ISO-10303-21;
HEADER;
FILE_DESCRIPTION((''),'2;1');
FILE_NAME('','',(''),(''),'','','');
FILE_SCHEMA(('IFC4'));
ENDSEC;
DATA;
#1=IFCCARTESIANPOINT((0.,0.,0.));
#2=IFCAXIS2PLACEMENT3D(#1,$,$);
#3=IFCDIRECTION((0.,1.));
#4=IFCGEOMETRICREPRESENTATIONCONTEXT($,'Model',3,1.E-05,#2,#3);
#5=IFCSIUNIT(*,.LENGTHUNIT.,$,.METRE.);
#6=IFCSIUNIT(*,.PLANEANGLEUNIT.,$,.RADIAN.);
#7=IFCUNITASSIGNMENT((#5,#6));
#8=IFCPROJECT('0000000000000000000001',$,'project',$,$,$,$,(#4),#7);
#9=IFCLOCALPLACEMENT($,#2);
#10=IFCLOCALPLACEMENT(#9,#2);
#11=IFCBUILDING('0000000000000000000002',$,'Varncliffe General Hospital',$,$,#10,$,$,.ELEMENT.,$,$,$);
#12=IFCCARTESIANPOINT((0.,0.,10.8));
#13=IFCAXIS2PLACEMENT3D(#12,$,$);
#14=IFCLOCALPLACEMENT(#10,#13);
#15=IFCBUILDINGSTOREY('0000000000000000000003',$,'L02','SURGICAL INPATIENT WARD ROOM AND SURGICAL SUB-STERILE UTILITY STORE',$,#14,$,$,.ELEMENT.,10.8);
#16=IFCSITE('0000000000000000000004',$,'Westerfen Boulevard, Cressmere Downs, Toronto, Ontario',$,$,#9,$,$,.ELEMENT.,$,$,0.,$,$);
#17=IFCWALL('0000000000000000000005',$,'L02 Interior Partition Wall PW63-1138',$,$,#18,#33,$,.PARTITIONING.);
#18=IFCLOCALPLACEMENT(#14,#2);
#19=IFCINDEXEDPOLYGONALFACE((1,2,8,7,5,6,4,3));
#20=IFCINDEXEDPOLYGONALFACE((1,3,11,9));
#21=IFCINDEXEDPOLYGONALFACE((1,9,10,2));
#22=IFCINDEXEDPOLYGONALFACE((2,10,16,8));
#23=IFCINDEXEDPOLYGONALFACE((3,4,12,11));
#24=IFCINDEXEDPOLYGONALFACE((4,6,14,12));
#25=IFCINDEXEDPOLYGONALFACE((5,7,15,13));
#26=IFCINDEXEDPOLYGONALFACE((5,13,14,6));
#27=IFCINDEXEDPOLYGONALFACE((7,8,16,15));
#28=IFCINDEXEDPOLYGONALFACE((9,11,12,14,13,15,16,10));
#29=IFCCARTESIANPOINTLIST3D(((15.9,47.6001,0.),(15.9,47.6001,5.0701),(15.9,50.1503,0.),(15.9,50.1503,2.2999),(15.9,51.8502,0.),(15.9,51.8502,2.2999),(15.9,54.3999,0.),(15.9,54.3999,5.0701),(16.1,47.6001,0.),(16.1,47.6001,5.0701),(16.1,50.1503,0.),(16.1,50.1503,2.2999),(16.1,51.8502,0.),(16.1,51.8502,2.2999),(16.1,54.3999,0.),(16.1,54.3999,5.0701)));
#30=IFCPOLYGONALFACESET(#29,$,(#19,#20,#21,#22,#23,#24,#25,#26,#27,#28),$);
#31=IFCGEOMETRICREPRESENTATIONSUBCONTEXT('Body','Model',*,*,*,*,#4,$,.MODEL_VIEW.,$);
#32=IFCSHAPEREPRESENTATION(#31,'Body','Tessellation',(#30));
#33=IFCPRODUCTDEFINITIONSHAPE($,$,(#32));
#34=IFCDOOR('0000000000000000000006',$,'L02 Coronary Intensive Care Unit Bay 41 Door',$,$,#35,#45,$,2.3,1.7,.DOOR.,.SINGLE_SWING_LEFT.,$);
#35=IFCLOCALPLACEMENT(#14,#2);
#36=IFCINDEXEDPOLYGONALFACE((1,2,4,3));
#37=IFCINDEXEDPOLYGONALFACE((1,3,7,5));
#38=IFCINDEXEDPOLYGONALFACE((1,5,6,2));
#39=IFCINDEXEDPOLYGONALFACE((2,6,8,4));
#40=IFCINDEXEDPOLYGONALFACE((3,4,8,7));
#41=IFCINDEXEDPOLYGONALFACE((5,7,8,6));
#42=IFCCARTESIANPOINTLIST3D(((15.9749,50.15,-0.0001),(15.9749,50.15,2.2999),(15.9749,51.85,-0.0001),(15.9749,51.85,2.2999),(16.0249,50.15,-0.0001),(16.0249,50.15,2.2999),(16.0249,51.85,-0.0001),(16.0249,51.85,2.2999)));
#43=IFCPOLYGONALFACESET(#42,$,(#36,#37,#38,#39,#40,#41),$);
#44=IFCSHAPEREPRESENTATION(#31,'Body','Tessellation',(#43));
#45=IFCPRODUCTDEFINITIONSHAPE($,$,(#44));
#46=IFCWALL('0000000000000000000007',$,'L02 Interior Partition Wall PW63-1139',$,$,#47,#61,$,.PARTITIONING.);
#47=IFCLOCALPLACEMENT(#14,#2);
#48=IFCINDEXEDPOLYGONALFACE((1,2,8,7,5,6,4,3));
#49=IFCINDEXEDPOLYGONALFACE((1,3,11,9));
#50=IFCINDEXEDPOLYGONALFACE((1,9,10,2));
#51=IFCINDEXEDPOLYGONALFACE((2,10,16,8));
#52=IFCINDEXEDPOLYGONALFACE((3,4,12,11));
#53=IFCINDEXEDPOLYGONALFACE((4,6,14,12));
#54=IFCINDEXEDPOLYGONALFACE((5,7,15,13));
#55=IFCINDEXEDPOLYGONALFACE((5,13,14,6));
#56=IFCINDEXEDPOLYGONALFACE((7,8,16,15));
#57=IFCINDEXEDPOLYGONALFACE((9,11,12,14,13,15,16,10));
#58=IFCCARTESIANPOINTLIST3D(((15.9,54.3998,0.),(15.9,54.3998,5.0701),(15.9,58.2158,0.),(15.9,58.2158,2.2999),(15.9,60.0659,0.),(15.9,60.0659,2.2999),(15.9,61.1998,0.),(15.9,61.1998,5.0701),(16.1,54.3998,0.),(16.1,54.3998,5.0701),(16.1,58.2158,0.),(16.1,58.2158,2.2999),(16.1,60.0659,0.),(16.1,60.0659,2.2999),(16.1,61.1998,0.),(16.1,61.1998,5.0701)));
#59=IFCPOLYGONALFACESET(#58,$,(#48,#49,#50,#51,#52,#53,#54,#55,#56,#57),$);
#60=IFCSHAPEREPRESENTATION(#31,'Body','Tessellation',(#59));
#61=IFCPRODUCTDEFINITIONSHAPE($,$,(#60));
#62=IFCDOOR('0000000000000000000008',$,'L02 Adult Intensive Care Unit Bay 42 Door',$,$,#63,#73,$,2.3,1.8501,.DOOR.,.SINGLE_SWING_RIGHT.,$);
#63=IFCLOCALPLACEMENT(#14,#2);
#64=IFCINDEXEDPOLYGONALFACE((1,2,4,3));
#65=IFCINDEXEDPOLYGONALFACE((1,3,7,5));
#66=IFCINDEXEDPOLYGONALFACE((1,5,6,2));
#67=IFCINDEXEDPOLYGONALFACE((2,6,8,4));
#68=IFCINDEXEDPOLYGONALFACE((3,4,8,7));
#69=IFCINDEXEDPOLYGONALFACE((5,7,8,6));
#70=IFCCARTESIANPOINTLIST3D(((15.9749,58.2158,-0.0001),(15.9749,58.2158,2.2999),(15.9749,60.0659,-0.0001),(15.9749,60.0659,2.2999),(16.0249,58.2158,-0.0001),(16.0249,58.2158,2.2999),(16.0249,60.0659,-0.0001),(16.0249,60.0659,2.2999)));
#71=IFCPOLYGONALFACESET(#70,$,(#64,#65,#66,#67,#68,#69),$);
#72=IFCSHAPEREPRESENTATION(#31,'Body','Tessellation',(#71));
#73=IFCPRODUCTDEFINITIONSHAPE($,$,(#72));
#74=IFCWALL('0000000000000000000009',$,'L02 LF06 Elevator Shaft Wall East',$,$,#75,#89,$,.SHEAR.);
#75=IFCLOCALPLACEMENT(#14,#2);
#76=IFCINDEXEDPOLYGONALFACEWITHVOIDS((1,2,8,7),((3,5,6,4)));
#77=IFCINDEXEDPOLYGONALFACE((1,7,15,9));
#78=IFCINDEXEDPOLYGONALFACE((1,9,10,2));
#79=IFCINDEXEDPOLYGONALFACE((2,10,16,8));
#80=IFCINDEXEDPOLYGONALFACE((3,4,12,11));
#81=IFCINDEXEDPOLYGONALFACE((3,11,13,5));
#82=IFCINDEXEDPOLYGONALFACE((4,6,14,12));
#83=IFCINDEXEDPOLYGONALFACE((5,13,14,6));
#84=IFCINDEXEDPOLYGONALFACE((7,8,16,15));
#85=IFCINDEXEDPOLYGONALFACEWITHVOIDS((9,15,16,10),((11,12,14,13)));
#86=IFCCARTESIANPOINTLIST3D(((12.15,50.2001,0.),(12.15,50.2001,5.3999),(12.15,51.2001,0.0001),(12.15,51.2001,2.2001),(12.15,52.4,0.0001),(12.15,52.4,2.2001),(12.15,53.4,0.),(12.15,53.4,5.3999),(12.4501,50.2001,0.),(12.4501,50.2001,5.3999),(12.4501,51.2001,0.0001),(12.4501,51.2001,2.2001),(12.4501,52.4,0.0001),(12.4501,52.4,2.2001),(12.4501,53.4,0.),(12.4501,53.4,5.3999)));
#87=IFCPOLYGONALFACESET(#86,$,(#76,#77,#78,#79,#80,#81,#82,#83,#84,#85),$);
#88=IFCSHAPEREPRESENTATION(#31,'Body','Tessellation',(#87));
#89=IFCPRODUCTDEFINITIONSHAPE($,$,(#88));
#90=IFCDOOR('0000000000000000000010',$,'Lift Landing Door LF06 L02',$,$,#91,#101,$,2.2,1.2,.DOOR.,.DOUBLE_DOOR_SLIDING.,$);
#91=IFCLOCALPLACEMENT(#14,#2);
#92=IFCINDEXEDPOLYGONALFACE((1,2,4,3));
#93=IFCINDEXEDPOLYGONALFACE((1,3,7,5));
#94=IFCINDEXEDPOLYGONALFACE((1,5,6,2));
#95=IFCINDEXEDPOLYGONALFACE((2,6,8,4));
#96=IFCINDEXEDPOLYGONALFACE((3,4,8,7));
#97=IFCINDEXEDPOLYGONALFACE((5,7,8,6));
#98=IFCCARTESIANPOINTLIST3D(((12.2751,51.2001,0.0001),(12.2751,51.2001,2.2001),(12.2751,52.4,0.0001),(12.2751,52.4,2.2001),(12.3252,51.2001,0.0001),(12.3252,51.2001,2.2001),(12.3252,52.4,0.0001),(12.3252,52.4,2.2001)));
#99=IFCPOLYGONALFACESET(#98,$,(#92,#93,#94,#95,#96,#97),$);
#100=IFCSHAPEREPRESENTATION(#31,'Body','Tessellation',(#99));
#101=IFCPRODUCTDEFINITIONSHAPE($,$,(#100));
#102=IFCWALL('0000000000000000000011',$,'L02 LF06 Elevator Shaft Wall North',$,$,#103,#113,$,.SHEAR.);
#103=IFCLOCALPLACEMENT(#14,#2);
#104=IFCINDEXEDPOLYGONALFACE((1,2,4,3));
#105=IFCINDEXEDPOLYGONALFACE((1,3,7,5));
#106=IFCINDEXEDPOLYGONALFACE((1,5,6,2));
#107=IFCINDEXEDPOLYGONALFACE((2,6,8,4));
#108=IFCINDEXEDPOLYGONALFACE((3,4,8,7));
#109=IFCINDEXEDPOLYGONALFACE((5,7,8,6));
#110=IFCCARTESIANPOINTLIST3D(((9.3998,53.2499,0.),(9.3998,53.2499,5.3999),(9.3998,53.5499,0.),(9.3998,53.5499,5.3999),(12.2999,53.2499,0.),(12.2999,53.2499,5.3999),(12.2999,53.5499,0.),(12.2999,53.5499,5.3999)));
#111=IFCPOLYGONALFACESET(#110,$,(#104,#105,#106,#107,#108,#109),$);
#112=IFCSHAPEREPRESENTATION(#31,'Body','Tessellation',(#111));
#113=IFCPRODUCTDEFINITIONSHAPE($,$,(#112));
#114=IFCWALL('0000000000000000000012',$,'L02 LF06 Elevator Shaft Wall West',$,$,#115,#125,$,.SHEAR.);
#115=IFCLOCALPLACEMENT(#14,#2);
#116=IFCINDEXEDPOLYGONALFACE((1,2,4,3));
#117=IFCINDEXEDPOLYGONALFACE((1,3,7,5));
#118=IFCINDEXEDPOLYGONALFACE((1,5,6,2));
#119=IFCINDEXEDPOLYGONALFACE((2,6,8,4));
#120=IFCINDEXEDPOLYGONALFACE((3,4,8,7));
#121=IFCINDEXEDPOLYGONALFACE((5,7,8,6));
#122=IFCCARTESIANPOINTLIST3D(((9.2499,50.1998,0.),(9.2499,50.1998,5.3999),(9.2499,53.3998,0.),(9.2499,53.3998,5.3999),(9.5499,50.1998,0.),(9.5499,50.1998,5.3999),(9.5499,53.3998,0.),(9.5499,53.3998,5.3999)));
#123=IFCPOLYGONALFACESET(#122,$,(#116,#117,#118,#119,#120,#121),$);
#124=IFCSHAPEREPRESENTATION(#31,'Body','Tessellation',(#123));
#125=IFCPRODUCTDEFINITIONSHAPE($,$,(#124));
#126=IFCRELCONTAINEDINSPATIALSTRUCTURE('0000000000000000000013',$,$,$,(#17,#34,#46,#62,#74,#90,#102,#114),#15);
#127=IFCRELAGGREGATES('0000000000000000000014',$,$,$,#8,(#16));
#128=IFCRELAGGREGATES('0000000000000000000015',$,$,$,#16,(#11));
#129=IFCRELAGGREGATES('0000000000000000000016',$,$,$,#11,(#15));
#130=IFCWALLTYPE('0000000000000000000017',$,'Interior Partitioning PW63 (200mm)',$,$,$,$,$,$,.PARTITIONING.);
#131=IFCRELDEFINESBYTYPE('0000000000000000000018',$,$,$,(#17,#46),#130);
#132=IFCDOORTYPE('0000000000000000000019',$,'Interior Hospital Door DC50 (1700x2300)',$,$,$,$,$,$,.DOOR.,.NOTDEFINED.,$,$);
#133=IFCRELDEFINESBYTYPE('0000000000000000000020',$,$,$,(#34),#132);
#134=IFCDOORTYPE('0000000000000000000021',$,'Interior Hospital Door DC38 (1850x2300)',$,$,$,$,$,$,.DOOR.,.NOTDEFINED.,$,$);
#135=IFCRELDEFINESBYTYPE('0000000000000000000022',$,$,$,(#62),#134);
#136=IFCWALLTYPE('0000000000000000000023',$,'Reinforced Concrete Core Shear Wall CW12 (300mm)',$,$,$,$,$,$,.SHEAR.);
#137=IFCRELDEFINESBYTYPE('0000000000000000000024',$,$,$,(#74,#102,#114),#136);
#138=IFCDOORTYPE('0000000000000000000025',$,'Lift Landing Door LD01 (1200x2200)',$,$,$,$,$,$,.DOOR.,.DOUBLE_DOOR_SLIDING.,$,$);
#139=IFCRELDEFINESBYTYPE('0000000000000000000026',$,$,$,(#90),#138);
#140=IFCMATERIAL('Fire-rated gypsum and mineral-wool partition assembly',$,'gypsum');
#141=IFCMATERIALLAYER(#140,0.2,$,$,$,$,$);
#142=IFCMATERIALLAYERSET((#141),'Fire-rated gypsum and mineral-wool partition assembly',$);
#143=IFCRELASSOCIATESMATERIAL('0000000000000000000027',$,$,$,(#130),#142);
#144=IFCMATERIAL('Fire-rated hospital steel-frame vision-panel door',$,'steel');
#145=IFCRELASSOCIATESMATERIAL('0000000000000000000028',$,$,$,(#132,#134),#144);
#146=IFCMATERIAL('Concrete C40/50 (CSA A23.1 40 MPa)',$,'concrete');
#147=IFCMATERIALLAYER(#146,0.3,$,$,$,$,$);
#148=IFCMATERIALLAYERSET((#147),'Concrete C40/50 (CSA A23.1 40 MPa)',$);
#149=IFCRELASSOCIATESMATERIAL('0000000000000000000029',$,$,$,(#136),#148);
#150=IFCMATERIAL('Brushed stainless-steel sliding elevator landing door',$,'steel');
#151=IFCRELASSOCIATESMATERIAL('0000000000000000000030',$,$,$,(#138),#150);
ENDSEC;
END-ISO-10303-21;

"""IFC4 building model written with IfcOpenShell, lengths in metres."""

from ifc_helpers import new_model, si_unit, direction, frame, frame_2d, origin, place, context, subcontext, project, spatial, rectangle, extrude, material, layer, layer_set, type_object, element, fill, save


model = new_model("IFC4")

# Units and contexts
model_context = context("Model", 3, precision=1e-05, world=origin(), true_north=direction((0.0, 1.0)))
body_context = subcontext(model_context, "Body", "Model", "MODEL_VIEW")
ifc_project = project(units=[si_unit("LENGTHUNIT", "METRE"), si_unit("PLANEANGLEUNIT", "RADIAN")], contexts=[model_context])

# Site, building, storey
site_placement = place(None, origin())
site = spatial("IfcSite", under=ifc_project, at=site_placement, Name="Westerfen Boulevard, Cressmere Downs, Toronto, Ontario", CompositionType="ELEMENT", RefElevation=0.0)
building_placement = place(site_placement, origin())
building = spatial("IfcBuilding", under=site, at=building_placement, Name="Varncliffe General Hospital", CompositionType="ELEMENT")
storey_placement = place(building_placement, frame((0.0, 0.0, 10.8)))
storey = spatial("IfcBuildingStorey", under=building, at=storey_placement, Name="L02", Description="SURGICAL INPATIENT WARD ROOM AND SURGICAL SUB-STERILE UTILITY STORE", CompositionType="ELEMENT", Elevation=10.8)

# Shared definitions
ifc_material_1 = material(Name="Concrete C40/50 (CSA A23.1 40 MPa)", Category="concrete")

# Walls, openings, doors
ifc_material_2 = material(Name="Fire-rated gypsum and mineral-wool partition assembly", Category="gypsum")
ifc_layer_1 = layer(ifc_material_2, 0.2)
ifc_layer_set_1 = layer_set([ifc_layer_1], Name="Fire-rated gypsum and mineral-wool partition assembly")
wall_type_1 = type_object("IfcWallType", Name="Interior Partitioning PW63 (200mm)", PredefinedType="PARTITIONING", material=ifc_layer_set_1)
ifc_material_3 = material(Name="Fire-rated hospital steel-frame vision-panel door", Category="steel")
wall_1_placement = place(storey_placement, frame((16.0, 47.6001, 0.0), z_axis=(0.0, 0.0, 1.0), x_axis=(0.0, 1.0, 0.0)))
wall_1 = element("IfcWall", 1, at=wall_1_placement, inside=storey, type_object=wall_type_1, Name="L02 Interior Partition Wall PW63-1138", PredefinedType="PARTITIONING", context=body_context, shape_type="SweptSolid", body=[
    extrude(rectangle(XDim=6.7998, YDim=0.2, at=frame_2d((3.3999, 0.0))), origin(), (0.0, 0.0, 1.0), 5.0701),
])
opening_1_placement = place(wall_1_placement, frame((2.55, 0.0, 0.0)))
opening_1 = element("IfcOpeningElement", 2, at=opening_1_placement, cuts=wall_1, PredefinedType="OPENING", context=body_context, shape_type="SweptSolid", body=[
    extrude(rectangle(XDim=1.7, YDim=2.3, at=frame_2d((0.8501, 1.1499))), frame((0.0, 0.1099, 0.0), z_axis=(0.0, -1.0, 0.0), x_axis=(1.0, 0.0, 0.0)), (0.0, 0.0, 1.0), 0.22),
])
door_type_1 = type_object("IfcDoorType", Name="Interior Hospital Door DC50 (1700x2300)", OperationType="NOTDEFINED", PredefinedType="DOOR", material=ifc_material_3)
door_1_placement = place(opening_1_placement, frame((1.7, 0.0, 0.0), z_axis=(0.0, 0.0, 1.0), x_axis=(-1.0, 0.0, 0.0)))
door_1 = element("IfcDoor", 3, at=door_1_placement, inside=storey, type_object=door_type_1, Name="L02 Coronary Intensive Care Unit Bay 41 Door", OperationType="SINGLE_SWING_LEFT", OverallHeight=2.3, OverallWidth=1.7, PredefinedType="DOOR", context=body_context, shape_type="SweptSolid", body=[
    extrude(rectangle(XDim=1.7, YDim=2.3, at=frame_2d((0.8501, 1.1499))), frame((0.0, 0.0249, 0.0), z_axis=(0.0, -1.0, 0.0), x_axis=(1.0, 0.0, 0.0)), (0.0, 0.0, 1.0), 0.05),
])
fill(opening_1, door_1)
wall_2_placement = place(storey_placement, frame((16.0, 54.3999, 0.0), z_axis=(0.0, 0.0, 1.0), x_axis=(0.0, 1.0, 0.0)))
wall_2 = element("IfcWall", 4, at=wall_2_placement, inside=storey, type_object=wall_type_1, Name="L02 Interior Partition Wall PW63-1139", PredefinedType="PARTITIONING", context=body_context, shape_type="SweptSolid", body=[
    extrude(rectangle(XDim=6.8, YDim=0.2, at=frame_2d((3.3999, 0.0))), origin(), (0.0, 0.0, 1.0), 5.0701),
])
opening_2_placement = place(wall_2_placement, frame((3.8159, 0.0, 0.0)))
opening_2 = element("IfcOpeningElement", 5, at=opening_2_placement, cuts=wall_2, PredefinedType="OPENING", context=body_context, shape_type="SweptSolid", body=[
    extrude(rectangle(XDim=1.8501, YDim=2.3, at=frame_2d((0.925, 1.1499))), frame((0.0, 0.1099, 0.0), z_axis=(0.0, -1.0, 0.0), x_axis=(1.0, 0.0, 0.0)), (0.0, 0.0, 1.0), 0.22),
])
door_type_2 = type_object("IfcDoorType", Name="Interior Hospital Door DC38 (1850x2300)", OperationType="NOTDEFINED", PredefinedType="DOOR", material=ifc_material_3)
door_2_placement = place(opening_2_placement, frame((1.8501, 0.0, 0.0), z_axis=(0.0, 0.0, 1.0), x_axis=(-1.0, 0.0, 0.0)))
door_2 = element("IfcDoor", 6, at=door_2_placement, inside=storey, type_object=door_type_2, Name="L02 Adult Intensive Care Unit Bay 42 Door", OperationType="SINGLE_SWING_RIGHT", OverallHeight=2.3, OverallWidth=1.8501, PredefinedType="DOOR", context=body_context, shape_type="SweptSolid", body=[
    extrude(rectangle(XDim=1.8501, YDim=2.3, at=frame_2d((0.925, 1.1499))), frame((0.0, 0.0249, 0.0), z_axis=(0.0, -1.0, 0.0), x_axis=(1.0, 0.0, 0.0)), (0.0, 0.0, 1.0), 0.05),
])
fill(opening_2, door_2)
ifc_layer_2 = layer(ifc_material_1, 0.3)
ifc_layer_set_2 = layer_set([ifc_layer_2], Name="Concrete C40/50 (CSA A23.1 40 MPa)")
wall_type_2 = type_object("IfcWallType", Name="Reinforced Concrete Core Shear Wall CW12 (300mm)", PredefinedType="SHEAR", material=ifc_layer_set_2)
wall_3_placement = place(storey_placement, frame((12.3, 50.2, 0.0), z_axis=(0.0, 0.0, 1.0), x_axis=(0.0, 1.0, 0.0)))
wall_3 = element("IfcWall", 7, at=wall_3_placement, inside=storey, type_object=wall_type_2, Name="L02 LF06 Elevator Shaft Wall East", PredefinedType="SHEAR", context=body_context, shape_type="SweptSolid", body=[
    extrude(rectangle(XDim=3.2, YDim=0.3, at=frame_2d((1.6001, 0.0))), origin(), (0.0, 0.0, 1.0), 5.3999),
])
opening_3_placement = place(wall_3_placement, frame((1.0, 0.0, 0.0)))
opening_3 = element("IfcOpeningElement", 8, at=opening_3_placement, cuts=wall_3, PredefinedType="OPENING", context=body_context, shape_type="SweptSolid", body=[
    extrude(rectangle(XDim=1.2, YDim=2.2, at=frame_2d((0.6001, 1.1001))), frame((0.0, 0.1602, 0.0), z_axis=(0.0, -1.0, 0.0), x_axis=(1.0, 0.0, 0.0)), (0.0, 0.0, 1.0), 0.3201),
])
ifc_material_4 = material(Name="Brushed stainless-steel sliding elevator landing door", Category="steel")
door_type_3 = type_object("IfcDoorType", Name="Lift Landing Door LD01 (1200x2200)", OperationType="DOUBLE_DOOR_SLIDING", PredefinedType="DOOR", material=ifc_material_4)
door_3_placement = place(opening_3_placement, origin())
door_3 = element("IfcDoor", 9, at=door_3_placement, inside=storey, type_object=door_type_3, Name="Lift Landing Door LF06 L02", OperationType="DOUBLE_DOOR_SLIDING", OverallHeight=2.2, OverallWidth=1.2, PredefinedType="DOOR", context=body_context, shape_type="SweptSolid", body=[
    extrude(rectangle(XDim=1.2, YDim=2.2, at=frame_2d((0.6001, 1.1001))), frame((0.0, 0.0249, 0.0), z_axis=(0.0, -1.0, 0.0), x_axis=(1.0, 0.0, 0.0)), (0.0, 0.0, 1.0), 0.05),
])
fill(opening_3, door_3)

# Walls
wall_4_placement = place(storey_placement, frame((12.3, 53.3999, 0.0), z_axis=(0.0, 0.0, 1.0), x_axis=(-1.0, 0.0, 0.0)))
element("IfcWall", 10, at=wall_4_placement, inside=storey, type_object=wall_type_2, Name="L02 LF06 Elevator Shaft Wall North", PredefinedType="SHEAR", context=body_context, shape_type="SweptSolid", body=[
    extrude(rectangle(XDim=2.9001, YDim=0.3, at=frame_2d((1.4502, 0.0))), origin(), (0.0, 0.0, 1.0), 5.3999),
])
wall_5_placement = place(storey_placement, frame((9.3999, 53.3999, 0.0), z_axis=(0.0, 0.0, 1.0), x_axis=(0.0, -1.0, 0.0)))
element("IfcWall", 11, at=wall_5_placement, inside=storey, type_object=wall_type_2, Name="L02 LF06 Elevator Shaft Wall West", PredefinedType="SHEAR", context=body_context, shape_type="SweptSolid", body=[
    extrude(rectangle(XDim=3.2, YDim=0.3, at=frame_2d((1.6001, 0.0))), origin(), (0.0, 0.0, 1.0), 5.3999),
])

save(model, "model.ifc")
